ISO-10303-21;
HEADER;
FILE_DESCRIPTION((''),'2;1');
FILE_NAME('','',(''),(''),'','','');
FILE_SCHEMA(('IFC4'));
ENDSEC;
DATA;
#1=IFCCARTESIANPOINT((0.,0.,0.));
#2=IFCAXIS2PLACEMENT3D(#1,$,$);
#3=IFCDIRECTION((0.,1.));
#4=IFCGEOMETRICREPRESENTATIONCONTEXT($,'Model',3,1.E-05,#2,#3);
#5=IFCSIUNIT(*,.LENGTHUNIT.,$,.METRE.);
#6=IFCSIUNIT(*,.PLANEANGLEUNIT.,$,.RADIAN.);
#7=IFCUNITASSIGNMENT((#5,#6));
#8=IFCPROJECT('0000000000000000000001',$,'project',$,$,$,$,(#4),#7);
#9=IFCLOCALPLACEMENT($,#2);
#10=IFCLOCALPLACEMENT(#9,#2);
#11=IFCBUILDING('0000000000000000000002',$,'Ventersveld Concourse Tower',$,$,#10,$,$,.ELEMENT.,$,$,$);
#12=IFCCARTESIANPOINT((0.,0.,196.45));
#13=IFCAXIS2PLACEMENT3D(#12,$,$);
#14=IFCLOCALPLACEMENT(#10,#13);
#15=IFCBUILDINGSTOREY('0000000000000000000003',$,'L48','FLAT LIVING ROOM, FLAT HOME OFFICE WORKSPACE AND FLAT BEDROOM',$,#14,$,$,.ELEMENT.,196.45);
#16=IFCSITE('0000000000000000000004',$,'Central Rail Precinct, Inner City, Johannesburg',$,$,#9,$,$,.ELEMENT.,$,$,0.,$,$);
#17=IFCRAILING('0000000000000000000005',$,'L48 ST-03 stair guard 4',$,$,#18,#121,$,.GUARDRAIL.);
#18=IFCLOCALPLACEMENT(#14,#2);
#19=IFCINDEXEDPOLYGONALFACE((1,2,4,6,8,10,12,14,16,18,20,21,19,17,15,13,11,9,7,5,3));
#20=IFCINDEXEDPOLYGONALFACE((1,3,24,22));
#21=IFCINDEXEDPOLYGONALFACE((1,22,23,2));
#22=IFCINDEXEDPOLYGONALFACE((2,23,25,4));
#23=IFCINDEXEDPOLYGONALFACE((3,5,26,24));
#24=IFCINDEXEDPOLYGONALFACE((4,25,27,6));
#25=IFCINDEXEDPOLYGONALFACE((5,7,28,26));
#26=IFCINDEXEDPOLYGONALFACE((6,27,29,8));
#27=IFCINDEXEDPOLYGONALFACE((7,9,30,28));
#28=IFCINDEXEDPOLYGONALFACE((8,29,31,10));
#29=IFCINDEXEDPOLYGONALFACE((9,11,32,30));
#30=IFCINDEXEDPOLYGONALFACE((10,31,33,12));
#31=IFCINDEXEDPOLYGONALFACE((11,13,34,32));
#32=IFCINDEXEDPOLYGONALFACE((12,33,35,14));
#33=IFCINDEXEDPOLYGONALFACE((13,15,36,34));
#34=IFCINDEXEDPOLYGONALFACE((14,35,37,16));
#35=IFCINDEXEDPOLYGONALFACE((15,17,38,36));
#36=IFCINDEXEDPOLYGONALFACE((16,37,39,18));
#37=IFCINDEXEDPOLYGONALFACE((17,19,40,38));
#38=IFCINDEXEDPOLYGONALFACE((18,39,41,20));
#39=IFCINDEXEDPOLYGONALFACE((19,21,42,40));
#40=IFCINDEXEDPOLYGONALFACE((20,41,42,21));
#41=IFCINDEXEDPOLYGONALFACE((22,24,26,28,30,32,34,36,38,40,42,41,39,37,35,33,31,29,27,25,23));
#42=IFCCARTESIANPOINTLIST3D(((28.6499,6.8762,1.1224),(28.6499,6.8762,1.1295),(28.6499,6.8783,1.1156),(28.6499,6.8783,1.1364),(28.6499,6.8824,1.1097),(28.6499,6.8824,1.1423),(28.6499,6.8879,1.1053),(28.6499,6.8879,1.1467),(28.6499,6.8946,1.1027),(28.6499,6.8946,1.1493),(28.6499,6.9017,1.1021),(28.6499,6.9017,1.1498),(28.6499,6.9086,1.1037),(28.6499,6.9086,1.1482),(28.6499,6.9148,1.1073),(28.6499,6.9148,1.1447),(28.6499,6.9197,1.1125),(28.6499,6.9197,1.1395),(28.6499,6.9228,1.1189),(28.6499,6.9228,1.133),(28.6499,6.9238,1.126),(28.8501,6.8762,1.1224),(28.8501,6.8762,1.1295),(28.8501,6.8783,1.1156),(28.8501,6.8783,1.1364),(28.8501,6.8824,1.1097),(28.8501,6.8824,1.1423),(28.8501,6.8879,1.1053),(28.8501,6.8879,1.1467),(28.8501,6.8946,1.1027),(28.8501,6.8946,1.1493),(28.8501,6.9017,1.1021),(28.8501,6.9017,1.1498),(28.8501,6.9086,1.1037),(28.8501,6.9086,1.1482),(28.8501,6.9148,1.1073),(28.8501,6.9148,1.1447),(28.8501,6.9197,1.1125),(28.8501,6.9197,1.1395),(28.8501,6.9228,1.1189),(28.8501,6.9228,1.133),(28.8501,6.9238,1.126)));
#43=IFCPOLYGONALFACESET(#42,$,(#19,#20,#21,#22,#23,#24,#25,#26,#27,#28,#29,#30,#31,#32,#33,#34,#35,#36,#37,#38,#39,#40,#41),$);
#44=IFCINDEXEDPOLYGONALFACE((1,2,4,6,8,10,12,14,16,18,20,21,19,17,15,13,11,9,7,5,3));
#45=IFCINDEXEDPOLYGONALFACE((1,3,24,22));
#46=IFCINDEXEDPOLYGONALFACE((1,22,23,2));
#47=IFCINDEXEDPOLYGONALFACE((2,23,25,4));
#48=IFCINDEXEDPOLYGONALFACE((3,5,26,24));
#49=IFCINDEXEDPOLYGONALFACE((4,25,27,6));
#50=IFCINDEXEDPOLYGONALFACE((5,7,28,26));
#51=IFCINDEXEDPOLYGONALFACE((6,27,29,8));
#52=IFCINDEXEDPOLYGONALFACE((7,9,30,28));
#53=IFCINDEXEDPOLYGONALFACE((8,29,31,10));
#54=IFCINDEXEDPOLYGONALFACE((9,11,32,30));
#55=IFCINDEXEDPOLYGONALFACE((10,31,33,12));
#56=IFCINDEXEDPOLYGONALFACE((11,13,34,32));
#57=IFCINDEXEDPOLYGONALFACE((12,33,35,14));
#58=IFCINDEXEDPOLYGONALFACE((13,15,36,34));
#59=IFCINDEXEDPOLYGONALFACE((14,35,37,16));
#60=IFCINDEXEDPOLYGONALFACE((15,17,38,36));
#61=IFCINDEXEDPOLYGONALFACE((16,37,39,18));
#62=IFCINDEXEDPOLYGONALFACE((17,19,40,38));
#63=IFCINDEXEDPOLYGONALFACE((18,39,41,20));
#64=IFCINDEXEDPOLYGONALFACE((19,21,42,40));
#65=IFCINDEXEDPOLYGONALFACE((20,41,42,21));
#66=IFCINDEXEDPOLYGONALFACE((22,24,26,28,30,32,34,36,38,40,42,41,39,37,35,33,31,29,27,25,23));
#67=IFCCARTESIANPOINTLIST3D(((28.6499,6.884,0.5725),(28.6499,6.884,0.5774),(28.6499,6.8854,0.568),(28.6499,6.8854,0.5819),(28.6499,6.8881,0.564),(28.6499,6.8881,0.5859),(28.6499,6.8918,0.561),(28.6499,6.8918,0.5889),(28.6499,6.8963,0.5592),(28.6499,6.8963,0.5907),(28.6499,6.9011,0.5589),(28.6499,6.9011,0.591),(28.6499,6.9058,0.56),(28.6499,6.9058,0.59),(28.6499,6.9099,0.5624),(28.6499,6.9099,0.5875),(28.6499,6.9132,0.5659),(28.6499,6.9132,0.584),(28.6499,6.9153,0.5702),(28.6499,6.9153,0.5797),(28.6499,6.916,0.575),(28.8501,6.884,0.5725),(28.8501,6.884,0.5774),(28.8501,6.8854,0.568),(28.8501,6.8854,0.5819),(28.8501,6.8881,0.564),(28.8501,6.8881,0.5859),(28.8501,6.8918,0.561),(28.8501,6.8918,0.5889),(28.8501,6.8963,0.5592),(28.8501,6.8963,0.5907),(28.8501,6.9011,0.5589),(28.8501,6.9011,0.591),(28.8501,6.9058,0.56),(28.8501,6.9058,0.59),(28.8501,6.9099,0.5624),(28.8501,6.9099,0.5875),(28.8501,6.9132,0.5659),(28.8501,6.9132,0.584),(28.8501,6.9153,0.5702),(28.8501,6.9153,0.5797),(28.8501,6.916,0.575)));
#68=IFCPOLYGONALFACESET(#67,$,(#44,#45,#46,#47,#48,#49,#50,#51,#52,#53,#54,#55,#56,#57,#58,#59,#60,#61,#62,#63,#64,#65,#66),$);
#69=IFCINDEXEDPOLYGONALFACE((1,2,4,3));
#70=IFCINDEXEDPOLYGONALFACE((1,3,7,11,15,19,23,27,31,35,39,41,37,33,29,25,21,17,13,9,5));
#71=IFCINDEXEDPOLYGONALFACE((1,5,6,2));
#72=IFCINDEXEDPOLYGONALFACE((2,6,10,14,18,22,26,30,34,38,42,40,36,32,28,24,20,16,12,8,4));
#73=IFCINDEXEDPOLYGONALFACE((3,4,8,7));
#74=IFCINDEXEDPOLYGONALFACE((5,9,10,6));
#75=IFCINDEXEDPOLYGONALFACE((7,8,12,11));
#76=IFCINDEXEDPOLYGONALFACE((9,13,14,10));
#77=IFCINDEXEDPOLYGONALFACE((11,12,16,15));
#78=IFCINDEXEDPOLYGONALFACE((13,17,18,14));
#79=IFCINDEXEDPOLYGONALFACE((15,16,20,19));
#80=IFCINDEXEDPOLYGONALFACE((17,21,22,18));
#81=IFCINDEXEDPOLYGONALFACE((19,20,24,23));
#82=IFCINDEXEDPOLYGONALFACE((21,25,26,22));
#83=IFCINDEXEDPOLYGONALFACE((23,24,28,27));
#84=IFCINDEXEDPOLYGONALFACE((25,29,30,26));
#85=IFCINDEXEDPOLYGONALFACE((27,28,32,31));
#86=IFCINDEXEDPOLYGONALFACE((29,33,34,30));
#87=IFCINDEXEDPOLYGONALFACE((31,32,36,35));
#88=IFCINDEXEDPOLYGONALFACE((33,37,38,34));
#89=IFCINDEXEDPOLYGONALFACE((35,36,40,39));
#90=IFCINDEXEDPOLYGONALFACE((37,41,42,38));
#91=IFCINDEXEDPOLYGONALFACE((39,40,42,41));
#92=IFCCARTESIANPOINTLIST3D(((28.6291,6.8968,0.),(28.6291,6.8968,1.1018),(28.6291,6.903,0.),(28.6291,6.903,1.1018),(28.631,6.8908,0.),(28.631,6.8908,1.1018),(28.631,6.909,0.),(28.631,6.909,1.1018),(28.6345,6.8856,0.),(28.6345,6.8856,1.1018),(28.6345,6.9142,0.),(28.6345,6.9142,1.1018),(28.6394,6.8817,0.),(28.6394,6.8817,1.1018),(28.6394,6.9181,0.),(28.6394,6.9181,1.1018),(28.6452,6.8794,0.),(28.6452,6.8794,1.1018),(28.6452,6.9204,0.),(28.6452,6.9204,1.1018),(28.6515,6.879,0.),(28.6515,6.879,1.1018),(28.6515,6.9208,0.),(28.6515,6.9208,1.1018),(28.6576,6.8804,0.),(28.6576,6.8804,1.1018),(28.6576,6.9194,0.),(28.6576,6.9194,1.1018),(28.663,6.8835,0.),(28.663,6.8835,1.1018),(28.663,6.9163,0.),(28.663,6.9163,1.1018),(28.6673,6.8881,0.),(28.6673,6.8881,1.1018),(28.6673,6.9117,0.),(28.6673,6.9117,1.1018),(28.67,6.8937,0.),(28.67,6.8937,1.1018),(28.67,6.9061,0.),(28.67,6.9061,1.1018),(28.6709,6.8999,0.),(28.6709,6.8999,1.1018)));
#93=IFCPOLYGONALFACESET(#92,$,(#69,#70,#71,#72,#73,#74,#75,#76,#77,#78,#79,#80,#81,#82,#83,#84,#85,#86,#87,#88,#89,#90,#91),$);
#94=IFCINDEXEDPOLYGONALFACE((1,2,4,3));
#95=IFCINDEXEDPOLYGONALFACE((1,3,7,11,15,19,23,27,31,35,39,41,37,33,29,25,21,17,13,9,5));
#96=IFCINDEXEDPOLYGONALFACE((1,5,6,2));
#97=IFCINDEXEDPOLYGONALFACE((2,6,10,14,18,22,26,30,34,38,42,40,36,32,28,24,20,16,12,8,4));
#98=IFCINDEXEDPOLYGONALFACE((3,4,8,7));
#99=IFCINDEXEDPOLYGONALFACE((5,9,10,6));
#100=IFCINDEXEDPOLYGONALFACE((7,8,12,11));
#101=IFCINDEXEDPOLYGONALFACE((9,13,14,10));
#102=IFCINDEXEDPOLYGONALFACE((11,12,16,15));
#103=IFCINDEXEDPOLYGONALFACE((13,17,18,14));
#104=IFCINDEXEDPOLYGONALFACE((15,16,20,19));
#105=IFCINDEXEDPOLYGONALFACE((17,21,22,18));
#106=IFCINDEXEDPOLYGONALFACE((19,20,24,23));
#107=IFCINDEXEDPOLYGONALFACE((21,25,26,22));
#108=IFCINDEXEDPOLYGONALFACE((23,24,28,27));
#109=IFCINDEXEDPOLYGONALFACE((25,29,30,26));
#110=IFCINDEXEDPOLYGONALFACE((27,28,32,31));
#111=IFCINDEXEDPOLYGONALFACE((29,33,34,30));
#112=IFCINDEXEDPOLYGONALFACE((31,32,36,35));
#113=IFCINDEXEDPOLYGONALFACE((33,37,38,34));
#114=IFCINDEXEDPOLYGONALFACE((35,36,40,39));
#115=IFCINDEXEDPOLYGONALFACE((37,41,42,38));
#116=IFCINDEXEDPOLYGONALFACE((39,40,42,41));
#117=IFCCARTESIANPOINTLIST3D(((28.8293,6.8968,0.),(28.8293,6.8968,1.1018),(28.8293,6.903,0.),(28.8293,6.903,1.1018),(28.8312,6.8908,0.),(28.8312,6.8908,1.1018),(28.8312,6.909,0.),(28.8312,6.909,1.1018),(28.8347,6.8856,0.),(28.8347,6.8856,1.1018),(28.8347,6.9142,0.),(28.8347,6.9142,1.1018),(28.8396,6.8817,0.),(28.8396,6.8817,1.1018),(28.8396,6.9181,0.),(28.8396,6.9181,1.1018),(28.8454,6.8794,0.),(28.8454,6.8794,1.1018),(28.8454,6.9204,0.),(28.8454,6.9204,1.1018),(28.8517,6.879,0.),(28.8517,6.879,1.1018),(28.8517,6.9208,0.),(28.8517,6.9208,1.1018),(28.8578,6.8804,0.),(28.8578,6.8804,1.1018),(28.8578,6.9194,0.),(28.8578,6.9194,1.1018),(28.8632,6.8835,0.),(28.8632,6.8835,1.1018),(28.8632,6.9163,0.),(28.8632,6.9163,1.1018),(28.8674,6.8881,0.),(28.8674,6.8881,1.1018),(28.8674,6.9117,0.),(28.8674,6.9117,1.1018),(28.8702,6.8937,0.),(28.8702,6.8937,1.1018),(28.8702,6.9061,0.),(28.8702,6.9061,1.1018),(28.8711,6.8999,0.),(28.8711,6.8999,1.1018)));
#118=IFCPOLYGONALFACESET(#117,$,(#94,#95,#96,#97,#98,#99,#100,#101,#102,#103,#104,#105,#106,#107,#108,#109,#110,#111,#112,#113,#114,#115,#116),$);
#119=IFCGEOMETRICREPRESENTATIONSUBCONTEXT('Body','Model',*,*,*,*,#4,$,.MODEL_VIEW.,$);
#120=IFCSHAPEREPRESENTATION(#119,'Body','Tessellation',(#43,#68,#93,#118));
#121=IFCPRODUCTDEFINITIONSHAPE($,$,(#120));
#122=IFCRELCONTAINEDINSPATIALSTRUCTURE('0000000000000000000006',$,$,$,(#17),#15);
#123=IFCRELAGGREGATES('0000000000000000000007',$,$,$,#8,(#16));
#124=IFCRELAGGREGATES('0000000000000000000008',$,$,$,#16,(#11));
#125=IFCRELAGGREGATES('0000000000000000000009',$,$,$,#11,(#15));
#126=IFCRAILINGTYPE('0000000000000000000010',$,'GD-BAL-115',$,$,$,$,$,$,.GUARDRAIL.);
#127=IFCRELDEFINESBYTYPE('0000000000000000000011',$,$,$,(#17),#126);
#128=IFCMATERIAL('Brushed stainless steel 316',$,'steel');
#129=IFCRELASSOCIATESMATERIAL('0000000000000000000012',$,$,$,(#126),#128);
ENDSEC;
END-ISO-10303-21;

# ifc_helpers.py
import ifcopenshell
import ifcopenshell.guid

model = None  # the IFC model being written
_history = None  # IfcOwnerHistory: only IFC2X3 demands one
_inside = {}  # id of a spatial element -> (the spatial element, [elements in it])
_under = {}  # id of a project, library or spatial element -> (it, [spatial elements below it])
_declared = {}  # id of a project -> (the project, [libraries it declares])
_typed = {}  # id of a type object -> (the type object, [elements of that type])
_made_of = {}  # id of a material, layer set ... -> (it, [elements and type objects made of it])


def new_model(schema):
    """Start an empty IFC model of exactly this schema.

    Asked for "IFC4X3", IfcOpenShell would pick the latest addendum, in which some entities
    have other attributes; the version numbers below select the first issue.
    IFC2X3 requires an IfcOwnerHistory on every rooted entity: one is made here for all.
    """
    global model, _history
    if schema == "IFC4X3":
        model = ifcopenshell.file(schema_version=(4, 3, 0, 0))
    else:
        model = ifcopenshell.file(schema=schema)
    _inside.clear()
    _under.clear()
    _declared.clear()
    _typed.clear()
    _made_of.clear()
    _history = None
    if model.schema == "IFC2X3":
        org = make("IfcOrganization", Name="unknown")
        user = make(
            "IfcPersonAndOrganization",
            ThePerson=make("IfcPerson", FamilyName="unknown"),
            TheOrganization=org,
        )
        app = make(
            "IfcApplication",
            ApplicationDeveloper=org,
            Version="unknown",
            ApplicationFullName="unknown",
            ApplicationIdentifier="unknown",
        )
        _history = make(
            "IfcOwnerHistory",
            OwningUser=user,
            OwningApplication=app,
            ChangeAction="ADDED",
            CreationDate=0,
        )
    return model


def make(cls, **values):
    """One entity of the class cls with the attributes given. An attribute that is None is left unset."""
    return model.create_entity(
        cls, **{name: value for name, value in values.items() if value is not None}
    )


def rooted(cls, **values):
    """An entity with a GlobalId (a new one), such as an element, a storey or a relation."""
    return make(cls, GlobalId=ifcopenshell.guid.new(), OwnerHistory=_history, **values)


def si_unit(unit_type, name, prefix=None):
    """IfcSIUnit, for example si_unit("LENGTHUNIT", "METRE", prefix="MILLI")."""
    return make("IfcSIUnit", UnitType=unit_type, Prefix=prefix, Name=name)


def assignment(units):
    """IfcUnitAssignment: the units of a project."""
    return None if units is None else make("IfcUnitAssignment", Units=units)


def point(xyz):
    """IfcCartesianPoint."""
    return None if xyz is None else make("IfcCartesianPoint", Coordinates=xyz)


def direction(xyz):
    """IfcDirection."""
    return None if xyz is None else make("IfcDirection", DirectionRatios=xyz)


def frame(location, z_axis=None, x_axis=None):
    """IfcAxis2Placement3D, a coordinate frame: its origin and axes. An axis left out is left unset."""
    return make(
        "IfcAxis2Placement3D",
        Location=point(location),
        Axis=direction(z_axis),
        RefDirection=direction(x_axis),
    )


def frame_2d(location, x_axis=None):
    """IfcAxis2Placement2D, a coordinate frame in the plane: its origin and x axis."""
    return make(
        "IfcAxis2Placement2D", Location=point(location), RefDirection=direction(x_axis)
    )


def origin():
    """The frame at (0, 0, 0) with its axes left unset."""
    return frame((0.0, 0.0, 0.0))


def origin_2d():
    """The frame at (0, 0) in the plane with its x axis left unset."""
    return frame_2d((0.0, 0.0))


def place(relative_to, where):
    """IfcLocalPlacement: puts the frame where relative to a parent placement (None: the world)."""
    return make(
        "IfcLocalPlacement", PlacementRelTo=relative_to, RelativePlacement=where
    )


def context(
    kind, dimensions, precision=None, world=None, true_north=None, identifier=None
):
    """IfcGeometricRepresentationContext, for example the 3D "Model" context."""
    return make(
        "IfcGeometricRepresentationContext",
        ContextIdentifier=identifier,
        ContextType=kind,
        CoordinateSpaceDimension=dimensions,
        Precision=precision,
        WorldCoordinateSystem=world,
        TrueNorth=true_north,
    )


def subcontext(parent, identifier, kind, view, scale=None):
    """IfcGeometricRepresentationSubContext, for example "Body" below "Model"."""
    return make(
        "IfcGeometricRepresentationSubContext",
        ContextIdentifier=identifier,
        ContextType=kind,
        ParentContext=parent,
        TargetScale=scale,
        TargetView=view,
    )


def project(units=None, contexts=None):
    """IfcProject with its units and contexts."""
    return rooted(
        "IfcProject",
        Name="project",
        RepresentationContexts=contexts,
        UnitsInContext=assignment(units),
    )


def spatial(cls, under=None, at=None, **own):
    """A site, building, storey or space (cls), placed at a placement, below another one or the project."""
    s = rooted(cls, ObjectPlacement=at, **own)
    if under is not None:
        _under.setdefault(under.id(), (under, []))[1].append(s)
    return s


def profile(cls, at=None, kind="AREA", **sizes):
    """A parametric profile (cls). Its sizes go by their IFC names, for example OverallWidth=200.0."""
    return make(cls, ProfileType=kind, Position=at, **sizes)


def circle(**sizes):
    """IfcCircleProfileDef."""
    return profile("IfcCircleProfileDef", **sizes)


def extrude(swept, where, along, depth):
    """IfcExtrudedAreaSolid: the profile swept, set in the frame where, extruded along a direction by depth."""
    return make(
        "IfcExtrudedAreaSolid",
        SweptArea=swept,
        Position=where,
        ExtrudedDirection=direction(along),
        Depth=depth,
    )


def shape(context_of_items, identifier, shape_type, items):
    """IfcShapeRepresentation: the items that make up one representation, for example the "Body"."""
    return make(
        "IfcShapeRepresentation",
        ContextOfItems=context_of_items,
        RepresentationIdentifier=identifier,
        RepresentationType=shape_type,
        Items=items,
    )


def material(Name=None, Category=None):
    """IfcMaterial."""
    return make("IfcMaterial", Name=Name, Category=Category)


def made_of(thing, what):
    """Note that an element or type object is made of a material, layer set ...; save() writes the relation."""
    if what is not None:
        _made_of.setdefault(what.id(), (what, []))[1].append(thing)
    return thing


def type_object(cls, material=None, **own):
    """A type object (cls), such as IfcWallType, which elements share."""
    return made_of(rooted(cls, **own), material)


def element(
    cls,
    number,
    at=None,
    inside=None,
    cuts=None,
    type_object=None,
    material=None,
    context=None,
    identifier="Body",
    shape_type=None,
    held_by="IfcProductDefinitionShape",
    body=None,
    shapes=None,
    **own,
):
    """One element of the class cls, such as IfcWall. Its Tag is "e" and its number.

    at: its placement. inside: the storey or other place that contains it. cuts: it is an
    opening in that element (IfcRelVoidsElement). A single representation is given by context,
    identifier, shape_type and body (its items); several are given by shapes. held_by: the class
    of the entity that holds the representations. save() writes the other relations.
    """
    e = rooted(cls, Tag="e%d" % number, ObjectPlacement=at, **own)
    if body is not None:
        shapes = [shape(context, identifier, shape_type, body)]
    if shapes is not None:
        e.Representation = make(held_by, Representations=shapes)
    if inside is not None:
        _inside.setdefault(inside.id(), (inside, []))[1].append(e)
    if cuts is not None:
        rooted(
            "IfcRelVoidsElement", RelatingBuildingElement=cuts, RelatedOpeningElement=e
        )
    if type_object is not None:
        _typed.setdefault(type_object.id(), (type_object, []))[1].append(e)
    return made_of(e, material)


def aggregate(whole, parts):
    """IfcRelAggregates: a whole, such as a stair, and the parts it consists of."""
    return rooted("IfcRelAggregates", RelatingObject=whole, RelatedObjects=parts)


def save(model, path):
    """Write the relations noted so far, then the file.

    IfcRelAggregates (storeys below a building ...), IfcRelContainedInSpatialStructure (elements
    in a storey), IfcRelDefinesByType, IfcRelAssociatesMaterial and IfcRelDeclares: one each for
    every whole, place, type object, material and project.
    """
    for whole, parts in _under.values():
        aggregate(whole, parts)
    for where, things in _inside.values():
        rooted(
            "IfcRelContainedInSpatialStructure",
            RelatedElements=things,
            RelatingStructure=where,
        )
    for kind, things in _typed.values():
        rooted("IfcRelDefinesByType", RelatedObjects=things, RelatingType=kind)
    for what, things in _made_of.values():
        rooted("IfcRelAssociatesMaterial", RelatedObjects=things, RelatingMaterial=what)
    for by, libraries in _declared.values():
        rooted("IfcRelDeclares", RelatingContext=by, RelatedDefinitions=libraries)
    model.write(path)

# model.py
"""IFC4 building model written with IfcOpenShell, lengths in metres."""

from ifc_helpers import new_model, si_unit, direction, frame, origin, origin_2d, place, context, subcontext, project, spatial, circle, extrude, material, type_object, element, save


model = new_model("IFC4")

# Units and contexts
model_context = context("Model", 3, precision=1e-05, world=origin(), true_north=direction((0.0, 1.0)))
body_context = subcontext(model_context, "Body", "Model", "MODEL_VIEW")
ifc_project = project(units=[si_unit("LENGTHUNIT", "METRE"), si_unit("PLANEANGLEUNIT", "RADIAN")], contexts=[model_context])

# Site, building, storey
site_placement = place(None, origin())
site = spatial("IfcSite", under=ifc_project, at=site_placement, Name="Central Rail Precinct, Inner City, Johannesburg", CompositionType="ELEMENT", RefElevation=0.0)
building_placement = place(site_placement, origin())
building = spatial("IfcBuilding", under=site, at=building_placement, Name="Ventersveld Concourse Tower", CompositionType="ELEMENT")
storey_placement = place(building_placement, frame((0.0, 0.0, 196.45)))
storey = spatial("IfcBuildingStorey", under=building, at=storey_placement, Name="L48", Description="FLAT LIVING ROOM, FLAT HOME OFFICE WORKSPACE AND FLAT BEDROOM", CompositionType="ELEMENT", Elevation=196.45)

# Shared definitions
ifc_material_1 = material(Name="Brushed stainless steel 316", Category="steel")

# Railing
railing_type_1 = type_object("IfcRailingType", Name="GD-BAL-115", PredefinedType="GUARDRAIL", material=ifc_material_1)
railing_1_placement = place(storey_placement, frame((28.6499, 6.8999, 0.0)))
element("IfcRailing", 1, at=railing_1_placement, inside=storey, type_object=railing_type_1, Name="L48 ST-03 stair guard 4", PredefinedType="GUARDRAIL", context=body_context, shape_type="SweptSolid", body=[
    extrude(circle(Radius=0.0239, at=origin_2d()), frame((0.0, 0.0, 1.126), z_axis=(1.0, 0.0, 0.0), x_axis=(0.0, 1.0, 0.0)), (0.0, 0.0, 1.0), 0.2002),
    extrude(circle(Radius=0.0161, at=origin_2d()), frame((0.0, 0.0, 0.575), z_axis=(1.0, 0.0, 0.0), x_axis=(0.0, 1.0, 0.0)), (0.0, 0.0, 1.0), 0.2002),
    extrude(circle(Radius=0.021, at=origin_2d()), origin(), (0.0, 0.0, 1.0), 1.1018),
    extrude(circle(Radius=0.021, at=origin_2d()), frame((0.2002, 0.0, 0.0)), (0.0, 0.0, 1.0), 1.1018),
])

save(model, "model.ifc")
